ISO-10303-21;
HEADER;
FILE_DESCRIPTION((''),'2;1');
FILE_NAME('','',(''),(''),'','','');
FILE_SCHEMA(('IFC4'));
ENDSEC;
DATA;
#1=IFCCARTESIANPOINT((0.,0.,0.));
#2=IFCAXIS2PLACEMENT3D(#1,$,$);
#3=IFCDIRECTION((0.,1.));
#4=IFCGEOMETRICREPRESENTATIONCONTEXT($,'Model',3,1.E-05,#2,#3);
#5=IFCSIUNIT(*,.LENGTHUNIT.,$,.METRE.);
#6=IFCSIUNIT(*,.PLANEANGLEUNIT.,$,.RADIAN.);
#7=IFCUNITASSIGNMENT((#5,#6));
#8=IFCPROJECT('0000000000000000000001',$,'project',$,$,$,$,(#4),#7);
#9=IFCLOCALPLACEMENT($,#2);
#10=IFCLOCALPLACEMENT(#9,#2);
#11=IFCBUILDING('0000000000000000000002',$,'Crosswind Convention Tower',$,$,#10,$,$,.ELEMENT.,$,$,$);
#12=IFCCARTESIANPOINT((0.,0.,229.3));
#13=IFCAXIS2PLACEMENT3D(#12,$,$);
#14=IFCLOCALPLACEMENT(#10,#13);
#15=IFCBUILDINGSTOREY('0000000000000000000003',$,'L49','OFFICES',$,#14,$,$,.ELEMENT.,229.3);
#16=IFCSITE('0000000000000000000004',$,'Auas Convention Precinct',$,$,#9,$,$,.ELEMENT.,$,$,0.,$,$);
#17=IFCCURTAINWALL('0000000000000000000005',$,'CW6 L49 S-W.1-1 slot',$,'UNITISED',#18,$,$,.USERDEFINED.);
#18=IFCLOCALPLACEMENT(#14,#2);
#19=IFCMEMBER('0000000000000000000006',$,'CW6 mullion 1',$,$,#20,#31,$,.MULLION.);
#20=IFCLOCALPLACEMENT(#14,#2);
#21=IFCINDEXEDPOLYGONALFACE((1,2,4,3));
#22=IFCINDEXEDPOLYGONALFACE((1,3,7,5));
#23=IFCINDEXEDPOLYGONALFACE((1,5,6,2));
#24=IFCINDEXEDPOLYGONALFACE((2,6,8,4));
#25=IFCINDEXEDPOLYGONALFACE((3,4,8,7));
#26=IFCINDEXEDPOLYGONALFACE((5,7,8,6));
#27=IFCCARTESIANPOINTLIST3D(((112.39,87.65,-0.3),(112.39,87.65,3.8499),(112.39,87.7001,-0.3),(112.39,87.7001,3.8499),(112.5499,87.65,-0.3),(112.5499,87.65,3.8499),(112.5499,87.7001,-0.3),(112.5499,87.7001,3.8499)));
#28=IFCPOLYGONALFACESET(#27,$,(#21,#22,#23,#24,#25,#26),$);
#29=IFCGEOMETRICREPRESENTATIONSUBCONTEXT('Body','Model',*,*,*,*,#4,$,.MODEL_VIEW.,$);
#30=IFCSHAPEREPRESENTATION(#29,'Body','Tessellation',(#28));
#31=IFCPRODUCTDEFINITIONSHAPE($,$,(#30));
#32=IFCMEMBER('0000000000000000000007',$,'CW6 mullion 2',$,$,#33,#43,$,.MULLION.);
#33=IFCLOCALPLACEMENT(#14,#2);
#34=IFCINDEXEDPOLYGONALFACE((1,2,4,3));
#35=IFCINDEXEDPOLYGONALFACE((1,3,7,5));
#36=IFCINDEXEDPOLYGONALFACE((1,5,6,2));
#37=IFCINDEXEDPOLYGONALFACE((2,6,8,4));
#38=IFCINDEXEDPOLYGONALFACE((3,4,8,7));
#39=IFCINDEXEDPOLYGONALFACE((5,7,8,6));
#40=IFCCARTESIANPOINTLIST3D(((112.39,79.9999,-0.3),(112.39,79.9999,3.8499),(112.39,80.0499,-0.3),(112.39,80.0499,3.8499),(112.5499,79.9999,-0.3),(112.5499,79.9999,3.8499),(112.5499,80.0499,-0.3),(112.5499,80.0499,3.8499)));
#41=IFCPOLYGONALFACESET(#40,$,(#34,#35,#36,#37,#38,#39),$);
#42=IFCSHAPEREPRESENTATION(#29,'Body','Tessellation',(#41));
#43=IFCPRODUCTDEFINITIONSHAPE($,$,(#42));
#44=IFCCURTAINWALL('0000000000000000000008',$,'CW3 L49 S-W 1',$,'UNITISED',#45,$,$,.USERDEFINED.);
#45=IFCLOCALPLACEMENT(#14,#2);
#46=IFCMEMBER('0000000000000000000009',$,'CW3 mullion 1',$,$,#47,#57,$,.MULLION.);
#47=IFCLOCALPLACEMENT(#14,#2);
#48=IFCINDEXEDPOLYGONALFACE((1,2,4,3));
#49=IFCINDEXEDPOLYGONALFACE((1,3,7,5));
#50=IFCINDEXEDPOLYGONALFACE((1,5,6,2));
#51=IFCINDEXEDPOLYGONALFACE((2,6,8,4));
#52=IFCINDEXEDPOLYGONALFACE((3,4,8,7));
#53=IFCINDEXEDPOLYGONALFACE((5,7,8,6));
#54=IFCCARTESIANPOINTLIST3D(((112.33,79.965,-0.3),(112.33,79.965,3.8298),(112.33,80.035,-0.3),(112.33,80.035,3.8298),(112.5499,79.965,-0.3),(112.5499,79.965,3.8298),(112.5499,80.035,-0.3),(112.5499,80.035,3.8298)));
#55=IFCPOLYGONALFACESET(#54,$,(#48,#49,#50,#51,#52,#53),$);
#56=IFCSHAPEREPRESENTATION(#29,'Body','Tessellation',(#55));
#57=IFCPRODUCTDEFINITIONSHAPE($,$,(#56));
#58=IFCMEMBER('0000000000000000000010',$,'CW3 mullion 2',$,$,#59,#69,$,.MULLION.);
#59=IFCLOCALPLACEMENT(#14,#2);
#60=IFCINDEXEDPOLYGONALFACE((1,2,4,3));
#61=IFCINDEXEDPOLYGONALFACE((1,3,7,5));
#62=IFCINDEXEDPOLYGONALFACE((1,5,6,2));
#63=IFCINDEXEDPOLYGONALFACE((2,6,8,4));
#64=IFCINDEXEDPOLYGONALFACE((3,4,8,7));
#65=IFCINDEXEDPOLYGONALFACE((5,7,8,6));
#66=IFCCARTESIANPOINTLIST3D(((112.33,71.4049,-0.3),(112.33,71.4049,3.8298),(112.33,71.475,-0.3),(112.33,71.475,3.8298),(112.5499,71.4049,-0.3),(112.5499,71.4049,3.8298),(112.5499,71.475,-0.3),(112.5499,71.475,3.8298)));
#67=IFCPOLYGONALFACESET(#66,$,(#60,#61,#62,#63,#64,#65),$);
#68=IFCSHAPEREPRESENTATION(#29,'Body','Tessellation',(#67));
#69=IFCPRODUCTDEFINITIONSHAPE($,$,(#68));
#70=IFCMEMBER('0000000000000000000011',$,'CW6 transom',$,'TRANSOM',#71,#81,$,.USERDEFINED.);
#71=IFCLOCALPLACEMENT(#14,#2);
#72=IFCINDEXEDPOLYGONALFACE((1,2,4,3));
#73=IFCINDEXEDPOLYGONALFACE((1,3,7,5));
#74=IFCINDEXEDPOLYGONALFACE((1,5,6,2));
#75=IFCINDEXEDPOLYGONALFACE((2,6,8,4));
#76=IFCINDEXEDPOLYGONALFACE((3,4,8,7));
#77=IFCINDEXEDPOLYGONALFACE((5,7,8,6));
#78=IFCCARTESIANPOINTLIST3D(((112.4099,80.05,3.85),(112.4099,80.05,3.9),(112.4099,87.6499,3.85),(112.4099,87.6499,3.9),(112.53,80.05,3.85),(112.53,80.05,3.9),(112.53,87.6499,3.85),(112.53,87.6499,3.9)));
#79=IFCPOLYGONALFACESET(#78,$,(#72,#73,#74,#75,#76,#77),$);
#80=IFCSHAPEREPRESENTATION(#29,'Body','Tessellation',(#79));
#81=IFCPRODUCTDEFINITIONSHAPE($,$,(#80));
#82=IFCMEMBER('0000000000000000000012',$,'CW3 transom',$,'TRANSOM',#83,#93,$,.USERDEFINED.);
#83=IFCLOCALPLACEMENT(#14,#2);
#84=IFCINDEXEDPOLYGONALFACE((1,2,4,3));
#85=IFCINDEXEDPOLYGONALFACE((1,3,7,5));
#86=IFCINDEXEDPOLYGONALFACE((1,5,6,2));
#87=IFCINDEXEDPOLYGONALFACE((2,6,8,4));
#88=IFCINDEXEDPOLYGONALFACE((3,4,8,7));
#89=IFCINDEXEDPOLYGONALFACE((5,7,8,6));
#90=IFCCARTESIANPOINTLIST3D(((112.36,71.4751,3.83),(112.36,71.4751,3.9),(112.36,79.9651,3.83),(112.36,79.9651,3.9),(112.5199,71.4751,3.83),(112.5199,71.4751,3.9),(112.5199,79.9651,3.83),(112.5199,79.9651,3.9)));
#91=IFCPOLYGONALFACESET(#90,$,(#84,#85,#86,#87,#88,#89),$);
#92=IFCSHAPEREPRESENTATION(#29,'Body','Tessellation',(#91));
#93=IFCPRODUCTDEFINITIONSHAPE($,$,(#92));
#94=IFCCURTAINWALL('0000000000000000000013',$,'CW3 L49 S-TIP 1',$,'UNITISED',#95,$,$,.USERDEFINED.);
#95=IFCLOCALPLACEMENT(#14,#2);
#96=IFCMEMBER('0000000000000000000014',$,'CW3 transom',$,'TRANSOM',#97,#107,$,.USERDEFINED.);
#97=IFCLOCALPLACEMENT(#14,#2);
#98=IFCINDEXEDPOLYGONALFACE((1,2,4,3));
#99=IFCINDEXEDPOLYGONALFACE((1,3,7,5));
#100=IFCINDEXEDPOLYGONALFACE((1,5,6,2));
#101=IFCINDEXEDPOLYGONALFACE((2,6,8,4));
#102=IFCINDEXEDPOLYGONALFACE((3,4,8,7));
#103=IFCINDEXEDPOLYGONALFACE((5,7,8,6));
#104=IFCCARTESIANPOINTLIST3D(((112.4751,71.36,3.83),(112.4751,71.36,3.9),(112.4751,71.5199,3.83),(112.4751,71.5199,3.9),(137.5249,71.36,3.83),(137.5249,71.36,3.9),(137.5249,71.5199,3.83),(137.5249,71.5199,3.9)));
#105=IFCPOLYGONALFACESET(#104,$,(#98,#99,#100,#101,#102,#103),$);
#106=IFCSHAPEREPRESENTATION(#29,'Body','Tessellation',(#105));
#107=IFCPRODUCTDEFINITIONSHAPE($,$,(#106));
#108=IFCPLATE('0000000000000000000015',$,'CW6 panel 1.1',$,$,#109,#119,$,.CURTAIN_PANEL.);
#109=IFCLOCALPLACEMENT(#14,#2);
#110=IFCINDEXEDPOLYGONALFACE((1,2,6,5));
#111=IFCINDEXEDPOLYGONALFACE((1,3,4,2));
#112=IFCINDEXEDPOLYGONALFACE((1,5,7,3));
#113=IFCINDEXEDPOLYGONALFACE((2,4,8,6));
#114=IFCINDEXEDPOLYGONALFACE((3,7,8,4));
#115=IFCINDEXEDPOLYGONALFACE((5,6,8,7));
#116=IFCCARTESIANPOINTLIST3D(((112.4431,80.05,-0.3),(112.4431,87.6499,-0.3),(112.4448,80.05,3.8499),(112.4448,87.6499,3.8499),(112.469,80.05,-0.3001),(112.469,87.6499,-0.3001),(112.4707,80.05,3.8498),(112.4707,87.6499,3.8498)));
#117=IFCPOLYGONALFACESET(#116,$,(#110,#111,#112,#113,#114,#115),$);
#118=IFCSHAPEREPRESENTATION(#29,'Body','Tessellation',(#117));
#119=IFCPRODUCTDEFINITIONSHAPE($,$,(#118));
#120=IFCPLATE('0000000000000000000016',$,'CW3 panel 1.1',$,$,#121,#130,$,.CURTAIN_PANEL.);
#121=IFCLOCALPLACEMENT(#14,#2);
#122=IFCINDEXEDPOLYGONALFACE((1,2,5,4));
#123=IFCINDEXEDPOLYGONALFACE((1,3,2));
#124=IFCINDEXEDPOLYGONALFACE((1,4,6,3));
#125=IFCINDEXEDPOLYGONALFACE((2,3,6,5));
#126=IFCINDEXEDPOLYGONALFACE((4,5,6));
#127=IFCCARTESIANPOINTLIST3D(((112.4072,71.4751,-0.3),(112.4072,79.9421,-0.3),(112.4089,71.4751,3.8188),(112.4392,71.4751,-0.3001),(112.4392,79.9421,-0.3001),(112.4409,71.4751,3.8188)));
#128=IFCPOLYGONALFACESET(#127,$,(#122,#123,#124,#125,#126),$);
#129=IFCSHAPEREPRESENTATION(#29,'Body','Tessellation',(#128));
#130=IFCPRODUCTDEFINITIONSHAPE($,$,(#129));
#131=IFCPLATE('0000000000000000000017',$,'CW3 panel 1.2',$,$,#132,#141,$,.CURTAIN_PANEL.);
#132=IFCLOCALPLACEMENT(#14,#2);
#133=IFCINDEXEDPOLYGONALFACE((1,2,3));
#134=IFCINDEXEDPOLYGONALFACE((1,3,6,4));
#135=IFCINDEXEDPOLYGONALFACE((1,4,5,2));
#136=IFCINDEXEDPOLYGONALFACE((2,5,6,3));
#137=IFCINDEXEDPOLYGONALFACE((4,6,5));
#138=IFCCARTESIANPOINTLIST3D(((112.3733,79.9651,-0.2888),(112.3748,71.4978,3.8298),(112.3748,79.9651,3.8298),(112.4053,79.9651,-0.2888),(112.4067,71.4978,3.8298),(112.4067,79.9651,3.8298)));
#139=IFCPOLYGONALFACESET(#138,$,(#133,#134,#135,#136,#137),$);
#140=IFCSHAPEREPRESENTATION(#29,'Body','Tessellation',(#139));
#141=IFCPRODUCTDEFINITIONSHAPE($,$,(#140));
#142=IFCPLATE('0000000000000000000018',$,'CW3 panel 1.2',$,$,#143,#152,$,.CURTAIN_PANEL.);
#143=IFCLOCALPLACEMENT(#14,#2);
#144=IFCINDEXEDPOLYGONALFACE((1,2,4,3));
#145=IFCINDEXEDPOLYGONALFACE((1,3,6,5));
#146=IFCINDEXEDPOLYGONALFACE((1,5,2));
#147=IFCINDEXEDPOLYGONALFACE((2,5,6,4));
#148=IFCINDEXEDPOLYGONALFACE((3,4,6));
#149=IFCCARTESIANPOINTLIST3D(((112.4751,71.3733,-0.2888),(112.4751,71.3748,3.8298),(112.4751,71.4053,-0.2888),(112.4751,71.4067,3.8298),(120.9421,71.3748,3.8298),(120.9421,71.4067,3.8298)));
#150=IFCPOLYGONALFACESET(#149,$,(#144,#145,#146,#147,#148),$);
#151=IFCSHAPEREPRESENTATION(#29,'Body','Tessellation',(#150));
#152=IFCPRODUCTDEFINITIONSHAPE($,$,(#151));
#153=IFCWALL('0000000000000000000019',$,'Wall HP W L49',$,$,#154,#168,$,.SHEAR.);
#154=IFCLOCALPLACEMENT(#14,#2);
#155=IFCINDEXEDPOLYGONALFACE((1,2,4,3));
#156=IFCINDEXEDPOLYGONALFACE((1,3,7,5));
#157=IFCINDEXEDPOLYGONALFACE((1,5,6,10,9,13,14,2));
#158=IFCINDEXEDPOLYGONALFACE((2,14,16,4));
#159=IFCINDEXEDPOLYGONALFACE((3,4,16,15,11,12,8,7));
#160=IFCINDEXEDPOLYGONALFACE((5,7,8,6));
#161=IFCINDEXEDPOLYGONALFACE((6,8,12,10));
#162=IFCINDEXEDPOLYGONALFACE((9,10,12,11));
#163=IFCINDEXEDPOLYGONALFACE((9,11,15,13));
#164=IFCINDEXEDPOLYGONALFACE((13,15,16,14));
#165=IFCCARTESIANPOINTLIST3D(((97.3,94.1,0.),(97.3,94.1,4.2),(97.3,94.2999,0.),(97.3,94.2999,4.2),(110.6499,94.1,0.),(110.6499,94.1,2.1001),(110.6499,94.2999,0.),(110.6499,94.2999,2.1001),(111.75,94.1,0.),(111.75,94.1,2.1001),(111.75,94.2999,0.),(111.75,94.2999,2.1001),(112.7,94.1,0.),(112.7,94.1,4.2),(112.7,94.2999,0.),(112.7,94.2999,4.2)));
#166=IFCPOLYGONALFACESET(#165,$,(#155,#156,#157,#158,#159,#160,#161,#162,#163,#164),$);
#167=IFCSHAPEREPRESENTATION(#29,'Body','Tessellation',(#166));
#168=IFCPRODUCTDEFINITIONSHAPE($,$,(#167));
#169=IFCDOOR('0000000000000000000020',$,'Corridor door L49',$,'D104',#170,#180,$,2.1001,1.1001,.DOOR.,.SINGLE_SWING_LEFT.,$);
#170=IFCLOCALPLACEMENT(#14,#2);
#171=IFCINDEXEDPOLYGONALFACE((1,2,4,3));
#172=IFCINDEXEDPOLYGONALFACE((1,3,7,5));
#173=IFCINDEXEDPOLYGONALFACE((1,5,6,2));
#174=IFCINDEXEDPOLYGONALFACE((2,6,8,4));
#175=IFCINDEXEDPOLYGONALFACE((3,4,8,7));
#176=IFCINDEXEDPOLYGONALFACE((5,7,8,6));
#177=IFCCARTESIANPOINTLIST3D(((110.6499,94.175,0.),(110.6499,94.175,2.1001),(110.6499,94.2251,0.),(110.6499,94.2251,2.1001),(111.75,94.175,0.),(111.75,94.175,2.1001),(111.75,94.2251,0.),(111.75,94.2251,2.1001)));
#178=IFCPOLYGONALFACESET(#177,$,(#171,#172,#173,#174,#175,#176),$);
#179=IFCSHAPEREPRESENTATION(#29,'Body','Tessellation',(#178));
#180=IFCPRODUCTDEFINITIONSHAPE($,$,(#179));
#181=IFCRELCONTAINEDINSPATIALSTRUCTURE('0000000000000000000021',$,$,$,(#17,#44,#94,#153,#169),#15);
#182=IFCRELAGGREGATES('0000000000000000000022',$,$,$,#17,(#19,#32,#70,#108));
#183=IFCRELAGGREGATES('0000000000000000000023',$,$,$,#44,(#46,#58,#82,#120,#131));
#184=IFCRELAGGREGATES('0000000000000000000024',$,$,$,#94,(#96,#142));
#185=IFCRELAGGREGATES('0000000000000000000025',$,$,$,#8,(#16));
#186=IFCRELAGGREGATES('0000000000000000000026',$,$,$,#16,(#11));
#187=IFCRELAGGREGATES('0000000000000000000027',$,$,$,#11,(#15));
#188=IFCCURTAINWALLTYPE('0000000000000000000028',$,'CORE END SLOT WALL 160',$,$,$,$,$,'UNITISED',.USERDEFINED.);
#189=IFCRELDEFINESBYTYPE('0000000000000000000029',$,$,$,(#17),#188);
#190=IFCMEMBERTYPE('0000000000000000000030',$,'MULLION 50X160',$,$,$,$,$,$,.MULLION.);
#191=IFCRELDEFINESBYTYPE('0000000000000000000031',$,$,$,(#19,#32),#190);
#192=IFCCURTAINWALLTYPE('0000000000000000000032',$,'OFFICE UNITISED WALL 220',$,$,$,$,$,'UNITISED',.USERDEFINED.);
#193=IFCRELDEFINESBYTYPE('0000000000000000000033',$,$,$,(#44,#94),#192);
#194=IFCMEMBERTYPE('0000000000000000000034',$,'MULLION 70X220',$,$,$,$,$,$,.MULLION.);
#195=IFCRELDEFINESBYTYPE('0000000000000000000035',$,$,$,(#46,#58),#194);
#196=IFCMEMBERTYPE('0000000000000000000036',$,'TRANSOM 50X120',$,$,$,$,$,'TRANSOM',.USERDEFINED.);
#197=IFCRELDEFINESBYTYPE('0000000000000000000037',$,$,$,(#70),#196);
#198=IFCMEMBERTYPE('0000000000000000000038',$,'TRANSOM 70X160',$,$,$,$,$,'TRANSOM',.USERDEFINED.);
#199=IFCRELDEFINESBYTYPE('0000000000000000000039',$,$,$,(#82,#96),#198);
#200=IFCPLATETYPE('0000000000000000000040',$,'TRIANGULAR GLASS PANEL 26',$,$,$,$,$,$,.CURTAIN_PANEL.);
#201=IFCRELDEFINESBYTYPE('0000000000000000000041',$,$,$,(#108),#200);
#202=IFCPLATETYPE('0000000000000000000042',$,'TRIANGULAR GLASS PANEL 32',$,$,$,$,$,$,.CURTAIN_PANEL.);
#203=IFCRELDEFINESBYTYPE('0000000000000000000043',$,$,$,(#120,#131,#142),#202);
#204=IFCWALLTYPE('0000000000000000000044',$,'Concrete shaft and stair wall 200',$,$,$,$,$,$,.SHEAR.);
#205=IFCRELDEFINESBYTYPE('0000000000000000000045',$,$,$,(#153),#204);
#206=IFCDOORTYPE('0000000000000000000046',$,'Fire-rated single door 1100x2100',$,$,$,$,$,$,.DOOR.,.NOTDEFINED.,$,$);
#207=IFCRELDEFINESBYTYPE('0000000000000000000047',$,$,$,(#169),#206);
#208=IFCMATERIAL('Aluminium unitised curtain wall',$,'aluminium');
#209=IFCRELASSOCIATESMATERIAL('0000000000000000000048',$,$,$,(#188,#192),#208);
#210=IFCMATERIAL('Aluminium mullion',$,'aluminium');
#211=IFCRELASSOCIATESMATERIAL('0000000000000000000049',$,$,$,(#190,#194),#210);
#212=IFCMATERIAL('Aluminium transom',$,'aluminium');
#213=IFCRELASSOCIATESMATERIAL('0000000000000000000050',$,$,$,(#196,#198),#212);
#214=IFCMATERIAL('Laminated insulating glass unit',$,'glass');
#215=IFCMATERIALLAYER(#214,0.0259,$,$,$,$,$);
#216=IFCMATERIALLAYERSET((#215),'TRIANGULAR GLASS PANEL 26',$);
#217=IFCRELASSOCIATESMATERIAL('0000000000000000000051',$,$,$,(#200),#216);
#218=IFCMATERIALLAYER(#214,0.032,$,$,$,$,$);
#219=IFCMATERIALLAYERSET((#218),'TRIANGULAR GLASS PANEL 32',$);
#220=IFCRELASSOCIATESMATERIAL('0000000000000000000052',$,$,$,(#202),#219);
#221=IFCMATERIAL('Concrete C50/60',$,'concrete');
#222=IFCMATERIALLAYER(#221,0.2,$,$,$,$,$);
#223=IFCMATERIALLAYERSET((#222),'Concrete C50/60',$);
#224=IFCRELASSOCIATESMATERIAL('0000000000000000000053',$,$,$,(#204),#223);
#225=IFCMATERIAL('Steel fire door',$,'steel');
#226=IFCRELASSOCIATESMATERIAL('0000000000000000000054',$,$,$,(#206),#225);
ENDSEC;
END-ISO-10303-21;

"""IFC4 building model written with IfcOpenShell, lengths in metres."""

from ifc_helpers import new_model, si_unit, direction, frame, frame_2d, origin, origin_2d, place, context, subcontext, project, spatial, polyline, rectangle, outline, extrude, material, layer, layer_set, material_profile, profile_set, type_object, element, fill, aggregate, save


model = new_model("IFC4")

# Units and contexts
model_context = context("Model", 3, precision=1e-05, world=origin(), true_north=direction((0.0, 1.0)))
body_context = subcontext(model_context, "Body", "Model", "MODEL_VIEW")
ifc_project = project(units=[si_unit("LENGTHUNIT", "METRE"), si_unit("PLANEANGLEUNIT", "RADIAN")], contexts=[model_context])

# Site, building, storey
site_placement = place(None, origin())
site = spatial("IfcSite", under=ifc_project, at=site_placement, Name="Auas Convention Precinct", CompositionType="ELEMENT", RefElevation=0.0)
building_placement = place(site_placement, origin())
building = spatial("IfcBuilding", under=site, at=building_placement, Name="Crosswind Convention Tower", CompositionType="ELEMENT")
storey_placement = place(building_placement, frame((0.0, 0.0, 229.3)))
storey = spatial("IfcBuildingStorey", under=building, at=storey_placement, Name="L49", Description="OFFICES", CompositionType="ELEMENT", Elevation=229.3)

# Curtain walls, members
ifc_material_1 = material(Name="Aluminium unitised curtain wall", Category="aluminium")
curtain_wall_type_1 = type_object("IfcCurtainWallType", Name="CORE END SLOT WALL 160", ElementType="UNITISED", PredefinedType="USERDEFINED", material=ifc_material_1)
curtain_wall_1_placement = place(storey_placement, origin())
curtain_wall_1 = element("IfcCurtainWall", 1, at=curtain_wall_1_placement, inside=storey, type_object=curtain_wall_type_1, Name="CW6 L49 S-W.1-1 slot", ObjectType="UNITISED", PredefinedType="USERDEFINED")
ifc_material_2 = material(Name="Aluminium mullion", Category="aluminium")
ifc_material_profile_1 = material_profile(ifc_material_2, rectangle(XDim=0.1599, YDim=0.05, at=origin_2d()), Name="AL 160X50")
ifc_profile_set_1 = profile_set([ifc_material_profile_1], Name="Aluminium mullion")
member_type_1 = type_object("IfcMemberType", Name="MULLION 50X160", PredefinedType="MULLION", material=ifc_profile_set_1)
member_1_placement = place(storey_placement, frame((112.47, 87.675, -0.3), z_axis=(0.0, 0.0, 1.0), x_axis=(-1.0, 0.0, 0.0)))
member_1 = element("IfcMember", 2, at=member_1_placement, type_object=member_type_1, Name="CW6 mullion 1", PredefinedType="MULLION", context=body_context, shape_type="SweptSolid", body=[
    extrude(rectangle(XDim=0.1599, YDim=0.05, at=origin_2d()), origin(), (0.0, 0.0, 1.0), 4.1499),
])
member_2_placement = place(storey_placement, frame((112.47, 80.0249, -0.3), z_axis=(0.0, 0.0, 1.0), x_axis=(-1.0, 0.0, 0.0)))
member_2 = element("IfcMember", 3, at=member_2_placement, type_object=member_type_1, Name="CW6 mullion 2", PredefinedType="MULLION", context=body_context, shape_type="SweptSolid", body=[
    extrude(rectangle(XDim=0.1599, YDim=0.05, at=origin_2d()), origin(), (0.0, 0.0, 1.0), 4.1499),
])
curtain_wall_type_2 = type_object("IfcCurtainWallType", Name="OFFICE UNITISED WALL 220", ElementType="UNITISED", PredefinedType="USERDEFINED", material=ifc_material_1)
curtain_wall_2_placement = place(storey_placement, origin())
curtain_wall_2 = element("IfcCurtainWall", 4, at=curtain_wall_2_placement, inside=storey, type_object=curtain_wall_type_2, Name="CW3 L49 S-W 1", ObjectType="UNITISED", PredefinedType="USERDEFINED")
ifc_material_profile_2 = material_profile(ifc_material_2, rectangle(XDim=0.22, YDim=0.0701, at=origin_2d()), Name="AL 220X70")
ifc_profile_set_2 = profile_set([ifc_material_profile_2], Name="Aluminium mullion")
member_type_2 = type_object("IfcMemberType", Name="MULLION 70X220", PredefinedType="MULLION", material=ifc_profile_set_2)
member_3_placement = place(storey_placement, frame((112.4399, 80.0, -0.3), z_axis=(0.0, 0.0, 1.0), x_axis=(-1.0, 0.0, 0.0)))
member_3 = element("IfcMember", 5, at=member_3_placement, type_object=member_type_2, Name="CW3 mullion 1", PredefinedType="MULLION", context=body_context, shape_type="SweptSolid", body=[
    extrude(rectangle(XDim=0.22, YDim=0.0701, at=origin_2d()), origin(), (0.0, 0.0, 1.0), 4.1299),
])
member_4_placement = place(storey_placement, frame((112.4399, 71.4399, -0.3), z_axis=(0.0, 0.0, 1.0), x_axis=(-1.0, 0.0, 0.0)))
member_4 = element("IfcMember", 6, at=member_4_placement, type_object=member_type_2, Name="CW3 mullion 2", PredefinedType="MULLION", context=body_context, shape_type="SweptSolid", body=[
    extrude(rectangle(XDim=0.22, YDim=0.0701, at=origin_2d()), origin(), (0.0, 0.0, 1.0), 4.1299),
])

# Members
ifc_material_3 = material(Name="Aluminium transom", Category="aluminium")
ifc_material_profile_3 = material_profile(ifc_material_3, rectangle(XDim=0.1201, YDim=0.05, at=origin_2d()), Name="AL 120X50")
ifc_profile_set_3 = profile_set([ifc_material_profile_3], Name="Aluminium transom")
member_type_3 = type_object("IfcMemberType", Name="TRANSOM 50X120", ElementType="TRANSOM", PredefinedType="USERDEFINED", material=ifc_profile_set_3)
member_5_placement = place(storey_placement, frame((112.47, 87.6499, 3.875), z_axis=(0.0, -1.0, 0.0), x_axis=(1.0, 0.0, 0.0)))
member_5 = element("IfcMember", 7, at=member_5_placement, type_object=member_type_3, Name="CW6 transom", ObjectType="TRANSOM", PredefinedType="USERDEFINED", context=body_context, shape_type="SweptSolid", body=[
    extrude(rectangle(XDim=0.1201, YDim=0.05, at=origin_2d()), origin(), (0.0, 0.0, 1.0), 7.5999),
])
ifc_material_profile_4 = material_profile(ifc_material_3, rectangle(XDim=0.1599, YDim=0.0701, at=origin_2d()), Name="AL 160X70")
ifc_profile_set_4 = profile_set([ifc_material_profile_4], Name="Aluminium transom")
member_type_4 = type_object("IfcMemberType", Name="TRANSOM 70X160", ElementType="TRANSOM", PredefinedType="USERDEFINED", material=ifc_profile_set_4)
member_6_placement = place(storey_placement, frame((112.4399, 79.9651, 3.865), z_axis=(0.0, -1.0, 0.0), x_axis=(1.0, 0.0, 0.0)))
member_6 = element("IfcMember", 8, at=member_6_placement, type_object=member_type_4, Name="CW3 transom", ObjectType="TRANSOM", PredefinedType="USERDEFINED", context=body_context, shape_type="SweptSolid", body=[
    extrude(rectangle(XDim=0.1599, YDim=0.0701, at=origin_2d()), origin(), (0.0, 0.0, 1.0), 8.49),
])

# Curtain wall, member
curtain_wall_3_placement = place(storey_placement, origin())
curtain_wall_3 = element("IfcCurtainWall", 9, at=curtain_wall_3_placement, inside=storey, type_object=curtain_wall_type_2, Name="CW3 L49 S-TIP 1", ObjectType="UNITISED", PredefinedType="USERDEFINED")
member_7_placement = place(storey_placement, frame((112.4751, 71.4399, 3.865), z_axis=(1.0, 0.0, 0.0), x_axis=(0.0, 1.0, 0.0)))
member_7 = element("IfcMember", 10, at=member_7_placement, type_object=member_type_4, Name="CW3 transom", ObjectType="TRANSOM", PredefinedType="USERDEFINED", context=body_context, shape_type="SweptSolid", body=[
    extrude(rectangle(XDim=0.1599, YDim=0.0701, at=origin_2d()), origin(), (0.0, 0.0, 1.0), 25.0498),
])

# Plates
ifc_material_4 = material(Name="Laminated insulating glass unit", Category="glass")
ifc_layer_1 = layer(ifc_material_4, 0.0259)
ifc_layer_set_1 = layer_set([ifc_layer_1], Name="TRIANGULAR GLASS PANEL 26")
plate_type_1 = type_object("IfcPlateType", Name="TRIANGULAR GLASS PANEL 26", PredefinedType="CURTAIN_PANEL", material=ifc_layer_set_1)
plate_1_placement = place(storey_placement, frame((112.4431, 87.6499, -0.3), z_axis=(-1.0, 0.0, 0.000412), x_axis=(0.0, -1.0, 0.0)))
plate_1 = element("IfcPlate", 11, at=plate_1_placement, type_object=plate_type_1, Name="CW6 panel 1.1", PredefinedType="CURTAIN_PANEL", context=body_context, shape_type="SweptSolid", body=[
    extrude(outline(polyline([(0.0, 0.0), (7.5999, 0.0), (7.5999, 4.1499), (0.0, 4.1499), (0.0, 0.0)])), origin(), (0.0, 0.0, -1.0), 0.0259),
])
aggregate(curtain_wall_1, [member_1, member_2, member_5, plate_1])
ifc_layer_2 = layer(ifc_material_4, 0.032)
ifc_layer_set_2 = layer_set([ifc_layer_2], Name="TRIANGULAR GLASS PANEL 32")
plate_type_2 = type_object("IfcPlateType", Name="TRIANGULAR GLASS PANEL 32", PredefinedType="CURTAIN_PANEL", material=ifc_layer_set_2)
plate_2_placement = place(storey_placement, frame((112.4072, 71.4751, -0.3), z_axis=(-1.0, 0.0, 0.000415), x_axis=(0.000415, 0.0, 1.0)))
plate_2 = element("IfcPlate", 12, at=plate_2_placement, type_object=plate_type_2, Name="CW3 panel 1.1", PredefinedType="CURTAIN_PANEL", context=body_context, shape_type="SweptSolid", body=[
    extrude(outline(polyline([(0.0, 0.0), (4.1189, 0.0), (0.0, 8.467), (0.0, 0.0)])), origin(), (0.0, 0.0, -1.0), 0.032),
])
plate_3_placement = place(storey_placement, frame((112.3748, 79.9651, 3.8298), z_axis=(-1.0, 0.0, 0.000356), x_axis=(-0.000356, 0.0, -1.0)))
plate_3 = element("IfcPlate", 13, at=plate_3_placement, type_object=plate_type_2, Name="CW3 panel 1.2", PredefinedType="CURTAIN_PANEL", context=body_context, shape_type="SweptSolid", body=[
    extrude(outline(polyline([(0.0, 0.0), (4.1187, 0.0), (0.0, 8.4673), (0.0, 0.0)])), origin(), (0.0, 0.0, -1.0), 0.032),
])
plate_4_placement = place(storey_placement, frame((112.4751, 71.3748, 3.8298), z_axis=(0.0, -1.0, 0.000356), x_axis=(0.0, -0.000356, -1.0)))
plate_4 = element("IfcPlate", 14, at=plate_4_placement, type_object=plate_type_2, Name="CW3 panel 1.2", PredefinedType="CURTAIN_PANEL", context=body_context, shape_type="SweptSolid", body=[
    extrude(outline(polyline([(0.0, 0.0), (4.1187, 0.0), (0.0, 8.467), (0.0, 0.0)])), origin(), (0.0, 0.0, -1.0), 0.032),
])

# Wall, opening, door
ifc_material_5 = material(Name="Concrete C50/60", Category="concrete")
ifc_layer_3 = layer(ifc_material_5, 0.2)
ifc_layer_set_3 = layer_set([ifc_layer_3], Name="Concrete C50/60")
wall_type_1 = type_object("IfcWallType", Name="Concrete shaft and stair wall 200", PredefinedType="SHEAR", material=ifc_layer_set_3)
wall_1_placement = place(storey_placement, frame((112.7, 94.2, 0.0), z_axis=(0.0, 0.0, 1.0), x_axis=(-1.0, 0.0, 0.0)))
wall_1 = element("IfcWall", 15, at=wall_1_placement, inside=storey, type_object=wall_type_1, Name="Wall HP W L49", PredefinedType="SHEAR", context=body_context, shape_type="SweptSolid", body=[
    extrude(rectangle(XDim=15.3999, YDim=0.2, at=frame_2d((7.7, 0.0))), origin(), (0.0, 0.0, 1.0), 4.2),
])
opening_1_placement = place(wall_1_placement, frame((0.95, 0.0, 0.0)))
opening_1 = element("IfcOpeningElement", 16, at=opening_1_placement, cuts=wall_1, PredefinedType="OPENING", context=body_context, shape_type="SweptSolid", body=[
    extrude(rectangle(XDim=1.1001, YDim=2.1001, at=frame_2d((0.55, 1.05))), frame((0.0, 0.1099, 0.0), z_axis=(0.0, -1.0, 0.0), x_axis=(1.0, 0.0, 0.0)), (0.0, 0.0, 1.0), 0.22),
])
ifc_material_6 = material(Name="Steel fire door", Category="steel")
door_type_1 = type_object("IfcDoorType", Name="Fire-rated single door 1100x2100", OperationType="NOTDEFINED", PredefinedType="DOOR", material=ifc_material_6)
door_1_placement = place(opening_1_placement, origin())
door_1 = element("IfcDoor", 17, at=door_1_placement, inside=storey, type_object=door_type_1, Name="Corridor door L49", ObjectType="D104", OperationType="SINGLE_SWING_LEFT", OverallHeight=2.1001, OverallWidth=1.1001, PredefinedType="DOOR", context=body_context, shape_type="SweptSolid", body=[
    extrude(rectangle(XDim=1.1001, YDim=2.1001, at=frame_2d((0.55, 1.05))), frame((0.0, 0.0249, 0.0), z_axis=(0.0, -1.0, 0.0), x_axis=(1.0, 0.0, 0.0)), (0.0, 0.0, 1.0), 0.05),
])
fill(opening_1, door_1)

aggregate(curtain_wall_2, [member_3, member_4, member_6, plate_2, plate_3])
aggregate(curtain_wall_3, [member_7, plate_4])

save(model, "model.ifc")
